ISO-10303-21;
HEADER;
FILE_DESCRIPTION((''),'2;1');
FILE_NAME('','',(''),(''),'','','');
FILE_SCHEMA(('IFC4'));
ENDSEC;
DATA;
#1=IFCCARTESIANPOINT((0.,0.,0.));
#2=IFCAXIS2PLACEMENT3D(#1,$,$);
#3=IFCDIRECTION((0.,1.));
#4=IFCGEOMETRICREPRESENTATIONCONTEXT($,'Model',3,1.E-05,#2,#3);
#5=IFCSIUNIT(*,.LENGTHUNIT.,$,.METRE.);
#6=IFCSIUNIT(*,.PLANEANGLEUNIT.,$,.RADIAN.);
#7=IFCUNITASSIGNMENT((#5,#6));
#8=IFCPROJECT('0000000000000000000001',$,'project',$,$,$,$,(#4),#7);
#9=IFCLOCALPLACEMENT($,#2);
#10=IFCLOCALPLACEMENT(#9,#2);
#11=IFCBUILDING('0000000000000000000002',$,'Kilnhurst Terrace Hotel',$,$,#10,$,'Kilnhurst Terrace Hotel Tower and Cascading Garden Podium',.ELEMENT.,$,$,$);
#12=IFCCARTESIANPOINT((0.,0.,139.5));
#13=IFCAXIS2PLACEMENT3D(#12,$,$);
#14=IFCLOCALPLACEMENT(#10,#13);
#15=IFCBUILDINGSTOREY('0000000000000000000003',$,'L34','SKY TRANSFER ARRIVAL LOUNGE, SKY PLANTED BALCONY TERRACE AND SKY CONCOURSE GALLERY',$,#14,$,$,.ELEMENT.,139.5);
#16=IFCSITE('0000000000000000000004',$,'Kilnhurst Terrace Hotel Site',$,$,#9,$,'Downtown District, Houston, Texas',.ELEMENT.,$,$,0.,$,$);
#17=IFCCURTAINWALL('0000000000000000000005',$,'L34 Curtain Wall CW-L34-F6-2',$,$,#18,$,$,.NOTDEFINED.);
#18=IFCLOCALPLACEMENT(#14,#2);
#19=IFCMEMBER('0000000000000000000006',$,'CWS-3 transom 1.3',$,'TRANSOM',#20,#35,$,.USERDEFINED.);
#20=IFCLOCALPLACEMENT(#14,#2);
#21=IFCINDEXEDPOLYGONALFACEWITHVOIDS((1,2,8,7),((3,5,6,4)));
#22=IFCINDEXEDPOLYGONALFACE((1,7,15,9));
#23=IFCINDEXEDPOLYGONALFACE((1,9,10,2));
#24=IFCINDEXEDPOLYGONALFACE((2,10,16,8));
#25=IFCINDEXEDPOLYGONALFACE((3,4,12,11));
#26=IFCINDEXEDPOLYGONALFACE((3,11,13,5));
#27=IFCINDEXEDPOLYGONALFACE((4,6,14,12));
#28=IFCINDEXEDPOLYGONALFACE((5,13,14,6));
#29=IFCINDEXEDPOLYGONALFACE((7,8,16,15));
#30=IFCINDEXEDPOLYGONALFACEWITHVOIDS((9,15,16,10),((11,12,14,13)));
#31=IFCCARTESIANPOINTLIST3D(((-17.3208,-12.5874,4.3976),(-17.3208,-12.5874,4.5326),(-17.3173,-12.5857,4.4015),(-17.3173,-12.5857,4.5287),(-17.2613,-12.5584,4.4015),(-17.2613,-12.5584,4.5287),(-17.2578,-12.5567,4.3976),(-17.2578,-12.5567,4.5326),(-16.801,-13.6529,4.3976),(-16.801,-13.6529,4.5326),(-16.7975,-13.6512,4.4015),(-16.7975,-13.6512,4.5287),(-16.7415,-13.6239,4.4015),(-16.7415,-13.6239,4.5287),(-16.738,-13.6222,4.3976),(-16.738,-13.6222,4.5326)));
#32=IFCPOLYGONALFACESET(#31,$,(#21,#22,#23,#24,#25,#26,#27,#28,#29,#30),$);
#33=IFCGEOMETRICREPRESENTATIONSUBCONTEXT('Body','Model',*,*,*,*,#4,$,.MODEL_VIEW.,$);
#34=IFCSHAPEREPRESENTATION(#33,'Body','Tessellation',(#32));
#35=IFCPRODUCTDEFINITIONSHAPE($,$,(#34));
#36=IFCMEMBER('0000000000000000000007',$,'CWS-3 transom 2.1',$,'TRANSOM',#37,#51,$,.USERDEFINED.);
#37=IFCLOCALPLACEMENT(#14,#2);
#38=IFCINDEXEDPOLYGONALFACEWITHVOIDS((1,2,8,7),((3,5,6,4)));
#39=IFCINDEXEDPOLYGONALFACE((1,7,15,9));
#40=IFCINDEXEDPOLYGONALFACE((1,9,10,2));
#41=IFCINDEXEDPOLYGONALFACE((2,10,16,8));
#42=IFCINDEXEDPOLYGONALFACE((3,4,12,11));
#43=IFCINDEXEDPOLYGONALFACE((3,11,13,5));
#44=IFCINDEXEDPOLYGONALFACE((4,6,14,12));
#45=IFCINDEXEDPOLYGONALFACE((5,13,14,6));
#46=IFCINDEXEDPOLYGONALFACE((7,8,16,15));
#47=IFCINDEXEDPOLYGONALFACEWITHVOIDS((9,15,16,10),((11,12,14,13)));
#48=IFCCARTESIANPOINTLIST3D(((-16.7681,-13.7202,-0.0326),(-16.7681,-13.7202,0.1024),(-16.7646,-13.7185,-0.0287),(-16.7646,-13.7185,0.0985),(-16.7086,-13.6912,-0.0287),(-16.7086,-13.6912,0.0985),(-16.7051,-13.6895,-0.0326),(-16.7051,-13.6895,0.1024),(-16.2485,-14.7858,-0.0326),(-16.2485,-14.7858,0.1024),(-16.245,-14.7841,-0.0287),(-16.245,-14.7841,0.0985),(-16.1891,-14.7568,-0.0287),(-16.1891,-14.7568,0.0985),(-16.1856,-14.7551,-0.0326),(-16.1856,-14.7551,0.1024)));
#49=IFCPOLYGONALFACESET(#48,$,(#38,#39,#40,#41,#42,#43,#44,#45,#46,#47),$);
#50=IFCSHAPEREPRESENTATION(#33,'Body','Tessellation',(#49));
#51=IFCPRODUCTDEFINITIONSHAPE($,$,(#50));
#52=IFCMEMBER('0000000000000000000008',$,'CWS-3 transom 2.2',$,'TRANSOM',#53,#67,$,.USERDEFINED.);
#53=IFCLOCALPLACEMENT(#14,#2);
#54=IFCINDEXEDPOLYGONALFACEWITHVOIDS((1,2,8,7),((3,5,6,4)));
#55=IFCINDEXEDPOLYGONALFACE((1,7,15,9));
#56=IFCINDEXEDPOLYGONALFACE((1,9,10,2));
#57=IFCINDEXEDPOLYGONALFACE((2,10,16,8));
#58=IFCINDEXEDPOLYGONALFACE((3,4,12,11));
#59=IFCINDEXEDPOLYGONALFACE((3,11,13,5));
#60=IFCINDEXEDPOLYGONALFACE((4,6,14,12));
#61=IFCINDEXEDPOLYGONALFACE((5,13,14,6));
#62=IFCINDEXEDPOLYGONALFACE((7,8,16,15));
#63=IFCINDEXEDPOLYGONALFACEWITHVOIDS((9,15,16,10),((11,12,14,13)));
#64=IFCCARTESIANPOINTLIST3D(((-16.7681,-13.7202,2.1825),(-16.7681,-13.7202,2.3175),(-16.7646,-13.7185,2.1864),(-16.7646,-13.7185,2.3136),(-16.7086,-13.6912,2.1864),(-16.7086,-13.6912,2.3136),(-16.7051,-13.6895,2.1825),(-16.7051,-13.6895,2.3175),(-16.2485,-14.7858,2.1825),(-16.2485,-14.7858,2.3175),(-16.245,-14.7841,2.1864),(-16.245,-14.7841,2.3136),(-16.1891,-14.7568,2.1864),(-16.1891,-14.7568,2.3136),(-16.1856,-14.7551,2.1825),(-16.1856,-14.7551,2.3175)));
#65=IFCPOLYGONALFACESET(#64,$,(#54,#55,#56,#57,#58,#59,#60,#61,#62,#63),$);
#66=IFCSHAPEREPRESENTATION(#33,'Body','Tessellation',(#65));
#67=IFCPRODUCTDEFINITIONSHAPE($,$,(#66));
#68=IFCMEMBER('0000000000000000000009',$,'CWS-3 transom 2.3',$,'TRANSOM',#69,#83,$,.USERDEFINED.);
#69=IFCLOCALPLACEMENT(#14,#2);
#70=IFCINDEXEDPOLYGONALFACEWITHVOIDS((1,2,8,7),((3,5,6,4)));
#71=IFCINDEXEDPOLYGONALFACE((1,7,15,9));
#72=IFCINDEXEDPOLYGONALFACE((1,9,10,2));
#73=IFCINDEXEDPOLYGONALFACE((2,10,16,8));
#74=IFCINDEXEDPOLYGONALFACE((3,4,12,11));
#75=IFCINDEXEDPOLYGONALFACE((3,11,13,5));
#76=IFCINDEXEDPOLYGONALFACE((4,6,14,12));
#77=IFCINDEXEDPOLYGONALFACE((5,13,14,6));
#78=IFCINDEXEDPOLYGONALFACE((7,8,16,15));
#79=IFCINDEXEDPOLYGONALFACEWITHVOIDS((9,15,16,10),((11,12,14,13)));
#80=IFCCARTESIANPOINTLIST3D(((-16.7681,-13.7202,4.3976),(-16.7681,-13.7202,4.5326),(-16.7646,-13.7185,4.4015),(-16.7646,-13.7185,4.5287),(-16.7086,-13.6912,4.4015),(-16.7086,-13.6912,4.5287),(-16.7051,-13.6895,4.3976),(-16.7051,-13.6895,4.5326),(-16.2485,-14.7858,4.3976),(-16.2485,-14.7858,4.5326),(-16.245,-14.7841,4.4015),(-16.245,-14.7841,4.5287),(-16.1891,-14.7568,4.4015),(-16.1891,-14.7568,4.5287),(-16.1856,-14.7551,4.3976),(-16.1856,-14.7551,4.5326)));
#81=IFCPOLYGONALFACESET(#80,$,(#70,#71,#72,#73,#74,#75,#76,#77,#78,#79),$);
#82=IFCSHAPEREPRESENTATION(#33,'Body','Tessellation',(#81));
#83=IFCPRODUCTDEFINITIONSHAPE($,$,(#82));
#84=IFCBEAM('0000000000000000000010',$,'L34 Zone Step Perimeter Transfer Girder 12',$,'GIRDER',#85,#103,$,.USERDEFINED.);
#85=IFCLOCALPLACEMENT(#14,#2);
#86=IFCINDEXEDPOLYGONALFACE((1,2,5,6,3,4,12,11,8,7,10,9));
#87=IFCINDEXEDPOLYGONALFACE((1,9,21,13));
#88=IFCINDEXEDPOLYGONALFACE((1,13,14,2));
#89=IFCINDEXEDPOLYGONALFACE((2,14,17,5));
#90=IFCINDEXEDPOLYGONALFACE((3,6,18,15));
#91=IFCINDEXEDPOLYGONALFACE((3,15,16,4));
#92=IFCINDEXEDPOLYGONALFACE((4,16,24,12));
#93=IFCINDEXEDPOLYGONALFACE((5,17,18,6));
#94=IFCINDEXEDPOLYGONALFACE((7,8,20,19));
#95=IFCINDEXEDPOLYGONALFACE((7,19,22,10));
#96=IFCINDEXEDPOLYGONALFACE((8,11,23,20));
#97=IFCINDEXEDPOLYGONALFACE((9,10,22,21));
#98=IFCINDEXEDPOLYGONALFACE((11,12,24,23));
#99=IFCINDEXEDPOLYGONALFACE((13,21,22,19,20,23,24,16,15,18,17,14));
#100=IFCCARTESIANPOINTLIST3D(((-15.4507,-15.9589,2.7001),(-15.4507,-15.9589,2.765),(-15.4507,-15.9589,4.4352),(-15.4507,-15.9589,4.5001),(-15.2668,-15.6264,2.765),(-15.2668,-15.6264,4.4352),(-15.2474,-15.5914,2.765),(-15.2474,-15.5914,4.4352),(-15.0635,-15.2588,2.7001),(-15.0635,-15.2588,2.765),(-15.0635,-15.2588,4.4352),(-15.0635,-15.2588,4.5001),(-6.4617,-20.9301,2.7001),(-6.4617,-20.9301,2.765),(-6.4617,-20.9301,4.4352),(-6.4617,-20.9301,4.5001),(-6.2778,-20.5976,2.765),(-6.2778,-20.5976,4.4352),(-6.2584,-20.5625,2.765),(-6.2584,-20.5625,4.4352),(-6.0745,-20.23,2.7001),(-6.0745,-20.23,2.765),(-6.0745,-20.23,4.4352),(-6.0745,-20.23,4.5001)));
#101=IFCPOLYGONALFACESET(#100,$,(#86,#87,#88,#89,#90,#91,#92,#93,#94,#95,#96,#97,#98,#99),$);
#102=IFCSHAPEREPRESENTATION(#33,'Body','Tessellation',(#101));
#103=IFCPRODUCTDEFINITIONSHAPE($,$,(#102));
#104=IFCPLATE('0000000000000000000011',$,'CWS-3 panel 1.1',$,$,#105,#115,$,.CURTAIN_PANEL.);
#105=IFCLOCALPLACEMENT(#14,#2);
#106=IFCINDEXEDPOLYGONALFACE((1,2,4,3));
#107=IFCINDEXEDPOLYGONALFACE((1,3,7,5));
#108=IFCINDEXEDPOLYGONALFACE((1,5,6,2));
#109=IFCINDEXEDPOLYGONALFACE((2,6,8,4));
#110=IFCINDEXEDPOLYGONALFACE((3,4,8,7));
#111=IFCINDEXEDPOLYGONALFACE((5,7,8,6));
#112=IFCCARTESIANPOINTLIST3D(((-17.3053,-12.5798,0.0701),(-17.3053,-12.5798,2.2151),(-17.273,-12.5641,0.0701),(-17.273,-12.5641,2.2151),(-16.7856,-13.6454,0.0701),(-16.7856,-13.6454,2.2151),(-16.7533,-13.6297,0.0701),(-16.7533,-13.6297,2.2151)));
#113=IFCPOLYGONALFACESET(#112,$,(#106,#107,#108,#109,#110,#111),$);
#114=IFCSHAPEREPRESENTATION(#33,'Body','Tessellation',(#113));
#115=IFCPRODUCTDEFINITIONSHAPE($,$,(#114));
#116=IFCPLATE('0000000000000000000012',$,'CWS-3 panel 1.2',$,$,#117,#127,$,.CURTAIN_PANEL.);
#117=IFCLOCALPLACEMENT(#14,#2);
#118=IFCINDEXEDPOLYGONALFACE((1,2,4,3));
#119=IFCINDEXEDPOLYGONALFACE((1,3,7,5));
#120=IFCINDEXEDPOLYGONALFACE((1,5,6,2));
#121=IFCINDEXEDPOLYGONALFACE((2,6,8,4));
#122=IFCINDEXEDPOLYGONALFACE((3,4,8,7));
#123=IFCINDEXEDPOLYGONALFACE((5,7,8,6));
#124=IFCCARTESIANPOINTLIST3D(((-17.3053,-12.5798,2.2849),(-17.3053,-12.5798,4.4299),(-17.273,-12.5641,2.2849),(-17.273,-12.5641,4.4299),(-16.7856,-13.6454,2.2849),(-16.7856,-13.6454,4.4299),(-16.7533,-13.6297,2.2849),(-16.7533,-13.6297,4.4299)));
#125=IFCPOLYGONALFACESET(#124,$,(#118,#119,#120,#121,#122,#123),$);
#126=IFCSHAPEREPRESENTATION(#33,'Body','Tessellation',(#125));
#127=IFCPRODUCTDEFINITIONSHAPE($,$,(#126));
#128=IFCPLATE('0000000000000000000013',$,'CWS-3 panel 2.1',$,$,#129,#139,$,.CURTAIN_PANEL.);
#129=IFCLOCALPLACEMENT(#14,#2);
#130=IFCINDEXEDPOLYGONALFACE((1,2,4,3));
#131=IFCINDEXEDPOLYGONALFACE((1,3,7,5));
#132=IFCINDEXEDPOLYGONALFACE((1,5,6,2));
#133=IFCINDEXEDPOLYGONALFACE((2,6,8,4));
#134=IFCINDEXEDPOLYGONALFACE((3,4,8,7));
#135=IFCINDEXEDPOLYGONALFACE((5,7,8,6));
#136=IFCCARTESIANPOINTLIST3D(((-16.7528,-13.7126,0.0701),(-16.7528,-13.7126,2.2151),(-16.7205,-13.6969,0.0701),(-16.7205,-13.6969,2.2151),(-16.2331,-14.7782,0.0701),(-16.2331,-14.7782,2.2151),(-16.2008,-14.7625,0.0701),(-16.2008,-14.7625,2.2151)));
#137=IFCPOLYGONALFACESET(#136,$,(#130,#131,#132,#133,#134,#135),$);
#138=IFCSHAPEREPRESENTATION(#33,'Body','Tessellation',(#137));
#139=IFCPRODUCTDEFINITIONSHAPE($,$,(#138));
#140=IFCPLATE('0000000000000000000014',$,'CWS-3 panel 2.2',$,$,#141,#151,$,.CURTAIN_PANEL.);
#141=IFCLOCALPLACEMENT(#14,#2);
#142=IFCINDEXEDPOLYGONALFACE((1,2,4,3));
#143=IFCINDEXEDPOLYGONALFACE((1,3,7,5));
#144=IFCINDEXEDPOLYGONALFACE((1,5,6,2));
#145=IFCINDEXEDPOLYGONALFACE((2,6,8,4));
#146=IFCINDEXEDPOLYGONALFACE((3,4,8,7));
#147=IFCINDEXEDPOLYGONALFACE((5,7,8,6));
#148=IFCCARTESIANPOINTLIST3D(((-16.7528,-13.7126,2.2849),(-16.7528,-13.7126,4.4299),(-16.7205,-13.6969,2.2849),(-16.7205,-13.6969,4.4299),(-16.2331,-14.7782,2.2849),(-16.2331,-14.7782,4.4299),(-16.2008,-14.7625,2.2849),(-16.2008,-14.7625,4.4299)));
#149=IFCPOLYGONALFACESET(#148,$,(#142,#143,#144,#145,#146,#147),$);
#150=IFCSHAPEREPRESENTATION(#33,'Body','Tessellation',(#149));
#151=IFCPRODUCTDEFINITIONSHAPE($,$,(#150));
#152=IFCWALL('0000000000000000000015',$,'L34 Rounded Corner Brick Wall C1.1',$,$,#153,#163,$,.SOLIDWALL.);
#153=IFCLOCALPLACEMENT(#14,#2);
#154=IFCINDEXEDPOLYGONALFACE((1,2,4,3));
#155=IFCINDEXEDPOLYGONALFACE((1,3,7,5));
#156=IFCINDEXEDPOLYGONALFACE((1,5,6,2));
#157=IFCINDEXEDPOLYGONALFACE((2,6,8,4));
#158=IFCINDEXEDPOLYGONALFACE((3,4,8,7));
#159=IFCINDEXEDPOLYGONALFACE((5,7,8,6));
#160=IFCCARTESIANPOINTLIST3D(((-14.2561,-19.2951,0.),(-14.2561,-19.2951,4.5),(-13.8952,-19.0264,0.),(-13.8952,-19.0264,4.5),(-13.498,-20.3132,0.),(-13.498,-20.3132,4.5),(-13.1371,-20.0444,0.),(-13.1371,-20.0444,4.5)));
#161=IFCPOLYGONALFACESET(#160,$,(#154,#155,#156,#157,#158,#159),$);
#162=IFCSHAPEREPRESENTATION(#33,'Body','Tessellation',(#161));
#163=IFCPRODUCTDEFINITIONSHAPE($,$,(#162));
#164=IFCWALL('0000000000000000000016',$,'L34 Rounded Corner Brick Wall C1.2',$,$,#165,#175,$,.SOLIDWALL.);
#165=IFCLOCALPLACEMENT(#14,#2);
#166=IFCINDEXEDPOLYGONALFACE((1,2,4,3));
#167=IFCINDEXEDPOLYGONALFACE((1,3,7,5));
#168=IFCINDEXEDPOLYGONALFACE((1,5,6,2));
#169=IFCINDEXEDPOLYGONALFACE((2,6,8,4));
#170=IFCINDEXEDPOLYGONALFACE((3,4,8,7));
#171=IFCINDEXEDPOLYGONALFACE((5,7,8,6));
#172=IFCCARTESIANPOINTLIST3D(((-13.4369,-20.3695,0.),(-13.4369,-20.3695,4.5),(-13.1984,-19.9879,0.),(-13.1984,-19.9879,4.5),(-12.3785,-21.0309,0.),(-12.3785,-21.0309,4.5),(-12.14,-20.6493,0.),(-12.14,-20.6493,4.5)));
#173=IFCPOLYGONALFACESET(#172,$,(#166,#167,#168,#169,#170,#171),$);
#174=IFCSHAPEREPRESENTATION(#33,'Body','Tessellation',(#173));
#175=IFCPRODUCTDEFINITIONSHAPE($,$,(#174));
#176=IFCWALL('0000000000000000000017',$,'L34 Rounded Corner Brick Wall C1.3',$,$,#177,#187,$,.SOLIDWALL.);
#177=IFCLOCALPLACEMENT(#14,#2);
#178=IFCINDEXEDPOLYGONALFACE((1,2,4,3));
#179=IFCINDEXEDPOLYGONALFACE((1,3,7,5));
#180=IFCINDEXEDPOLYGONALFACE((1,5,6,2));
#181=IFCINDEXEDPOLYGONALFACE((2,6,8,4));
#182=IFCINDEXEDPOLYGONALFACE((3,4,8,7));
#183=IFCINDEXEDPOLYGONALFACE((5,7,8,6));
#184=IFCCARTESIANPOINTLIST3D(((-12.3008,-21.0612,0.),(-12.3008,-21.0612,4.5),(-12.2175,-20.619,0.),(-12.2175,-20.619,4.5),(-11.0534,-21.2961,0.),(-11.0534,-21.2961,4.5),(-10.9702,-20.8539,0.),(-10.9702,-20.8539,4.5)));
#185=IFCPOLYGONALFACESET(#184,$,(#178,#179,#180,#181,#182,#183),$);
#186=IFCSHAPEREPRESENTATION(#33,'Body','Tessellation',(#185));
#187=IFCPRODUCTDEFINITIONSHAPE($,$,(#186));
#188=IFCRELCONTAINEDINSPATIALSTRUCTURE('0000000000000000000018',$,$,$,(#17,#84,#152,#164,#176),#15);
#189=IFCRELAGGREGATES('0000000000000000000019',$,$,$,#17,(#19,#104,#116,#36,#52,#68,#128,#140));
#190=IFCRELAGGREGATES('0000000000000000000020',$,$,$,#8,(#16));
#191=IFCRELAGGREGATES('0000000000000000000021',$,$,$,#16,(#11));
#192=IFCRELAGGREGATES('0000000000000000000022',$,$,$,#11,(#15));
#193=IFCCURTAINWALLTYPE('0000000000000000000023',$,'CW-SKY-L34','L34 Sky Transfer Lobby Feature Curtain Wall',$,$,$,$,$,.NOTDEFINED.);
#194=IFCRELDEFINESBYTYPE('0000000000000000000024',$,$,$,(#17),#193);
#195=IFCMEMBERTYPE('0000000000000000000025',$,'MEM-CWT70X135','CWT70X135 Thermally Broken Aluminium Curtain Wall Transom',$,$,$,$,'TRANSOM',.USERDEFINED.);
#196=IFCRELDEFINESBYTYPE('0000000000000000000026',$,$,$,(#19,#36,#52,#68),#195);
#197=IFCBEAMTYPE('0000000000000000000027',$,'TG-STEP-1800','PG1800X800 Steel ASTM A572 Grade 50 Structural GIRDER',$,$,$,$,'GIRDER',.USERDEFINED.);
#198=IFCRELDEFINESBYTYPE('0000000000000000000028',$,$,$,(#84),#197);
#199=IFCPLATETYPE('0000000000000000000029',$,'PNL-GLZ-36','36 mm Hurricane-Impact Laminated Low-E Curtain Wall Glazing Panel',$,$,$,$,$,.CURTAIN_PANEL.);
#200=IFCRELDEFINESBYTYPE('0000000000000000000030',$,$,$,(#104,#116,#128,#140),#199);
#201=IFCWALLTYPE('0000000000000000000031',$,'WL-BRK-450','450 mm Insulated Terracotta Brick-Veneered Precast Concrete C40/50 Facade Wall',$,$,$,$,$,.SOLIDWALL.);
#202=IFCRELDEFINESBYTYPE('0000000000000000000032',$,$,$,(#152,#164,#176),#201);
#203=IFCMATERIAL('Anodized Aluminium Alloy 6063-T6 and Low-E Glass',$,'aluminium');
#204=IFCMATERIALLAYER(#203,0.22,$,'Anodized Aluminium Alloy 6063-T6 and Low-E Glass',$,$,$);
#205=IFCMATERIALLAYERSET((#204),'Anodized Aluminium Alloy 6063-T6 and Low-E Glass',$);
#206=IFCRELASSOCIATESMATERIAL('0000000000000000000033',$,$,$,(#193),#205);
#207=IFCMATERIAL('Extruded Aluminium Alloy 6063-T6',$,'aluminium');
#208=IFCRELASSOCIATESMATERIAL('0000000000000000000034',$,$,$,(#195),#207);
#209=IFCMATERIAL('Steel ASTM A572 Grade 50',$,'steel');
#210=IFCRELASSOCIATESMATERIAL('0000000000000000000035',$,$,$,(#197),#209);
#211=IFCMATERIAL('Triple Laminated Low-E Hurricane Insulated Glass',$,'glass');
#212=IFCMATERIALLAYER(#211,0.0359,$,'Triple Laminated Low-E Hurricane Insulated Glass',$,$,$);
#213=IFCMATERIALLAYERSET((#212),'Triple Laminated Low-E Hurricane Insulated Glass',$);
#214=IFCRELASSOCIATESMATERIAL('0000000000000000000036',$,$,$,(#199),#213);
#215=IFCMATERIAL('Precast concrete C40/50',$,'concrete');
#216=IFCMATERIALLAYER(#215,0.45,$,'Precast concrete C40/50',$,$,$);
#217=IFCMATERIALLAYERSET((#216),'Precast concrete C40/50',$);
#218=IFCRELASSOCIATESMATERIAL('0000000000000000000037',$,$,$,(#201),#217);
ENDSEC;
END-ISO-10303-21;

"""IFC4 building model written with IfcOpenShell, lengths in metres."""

from ifc_helpers import new_model, si_unit, direction, frame, frame_2d, origin, origin_2d, place, context, subcontext, project, spatial, rectangle, hollow_rectangle, i_section, extrude, material, layer, layer_set, material_profile, profile_set, type_object, element, aggregate, save


model = new_model("IFC4")

# Units and contexts
model_context = context("Model", 3, precision=1e-05, world=origin(), true_north=direction((0.0, 1.0)))
body_context = subcontext(model_context, "Body", "Model", "MODEL_VIEW")
ifc_project = project(units=[si_unit("LENGTHUNIT", "METRE"), si_unit("PLANEANGLEUNIT", "RADIAN")], contexts=[model_context])

# Site, building, storey
site_placement = place(None, origin())
site = spatial("IfcSite", under=ifc_project, at=site_placement, Name="Kilnhurst Terrace Hotel Site", LongName="Downtown District, Houston, Texas", CompositionType="ELEMENT", RefElevation=0.0)
building_placement = place(site_placement, origin())
building = spatial("IfcBuilding", under=site, at=building_placement, Name="Kilnhurst Terrace Hotel", LongName="Kilnhurst Terrace Hotel Tower and Cascading Garden Podium", CompositionType="ELEMENT")
storey_placement = place(building_placement, frame((0.0, 0.0, 139.5)))
storey = spatial("IfcBuildingStorey", under=building, at=storey_placement, Name="L34", Description="SKY TRANSFER ARRIVAL LOUNGE, SKY PLANTED BALCONY TERRACE AND SKY CONCOURSE GALLERY", CompositionType="ELEMENT", Elevation=139.5)

# Curtain wall, members
ifc_material_1 = material(Name="Anodized Aluminium Alloy 6063-T6 and Low-E Glass", Category="aluminium")
ifc_layer_1 = layer(ifc_material_1, 0.22, Name="Anodized Aluminium Alloy 6063-T6 and Low-E Glass")
ifc_layer_set_1 = layer_set([ifc_layer_1], Name="Anodized Aluminium Alloy 6063-T6 and Low-E Glass")
curtain_wall_type = type_object("IfcCurtainWallType", Name="CW-SKY-L34", Description="L34 Sky Transfer Lobby Feature Curtain Wall", PredefinedType="NOTDEFINED", material=ifc_layer_set_1)
curtain_wall_placement = place(storey_placement, origin())
curtain_wall = element("IfcCurtainWall", 1, at=curtain_wall_placement, inside=storey, type_object=curtain_wall_type, Name="L34 Curtain Wall CW-L34-F6-2", PredefinedType="NOTDEFINED")
ifc_material_2 = material(Name="Extruded Aluminium Alloy 6063-T6", Category="aluminium")
ifc_material_profile_1 = material_profile(ifc_material_2, hollow_rectangle(XDim=0.0701, YDim=0.135, WallThickness=0.0039, at=origin_2d()), Name="CWT70X135")
ifc_profile_set_1 = profile_set([ifc_material_profile_1], Name="Extruded Aluminium Alloy 6063-T6")
member_type_1 = type_object("IfcMemberType", Name="MEM-CWT70X135", Description="CWT70X135 Thermally Broken Aluminium Curtain Wall Transom", ElementType="TRANSOM", PredefinedType="USERDEFINED", material=ifc_profile_set_1)
member_1_placement = place(storey_placement, frame((-17.2893, -12.572, 4.4651), z_axis=(0.43846, -0.898751, 0.0), x_axis=(0.898751, 0.43846, 0.0)))
member_1 = element("IfcMember", 2, at=member_1_placement, type_object=member_type_1, Name="CWS-3 transom 1.3", ObjectType="TRANSOM", PredefinedType="USERDEFINED", context=body_context, shape_type="SweptSolid", body=[
    extrude(hollow_rectangle(XDim=0.0701, YDim=0.135, WallThickness=0.0039, at=origin_2d()), origin(), (0.0, 0.0, 1.0), 1.1855),
])
member_2_placement = place(storey_placement, frame((-16.7366, -13.7048, 0.0349), z_axis=(0.438213, -0.898871, 0.0), x_axis=(0.898871, 0.438213, 0.0)))
member_2 = element("IfcMember", 3, at=member_2_placement, type_object=member_type_1, Name="CWS-3 transom 2.1", ObjectType="TRANSOM", PredefinedType="USERDEFINED", context=body_context, shape_type="SweptSolid", body=[
    extrude(hollow_rectangle(XDim=0.0701, YDim=0.135, WallThickness=0.0039, at=origin_2d()), origin(), (0.0, 0.0, 1.0), 1.1855),
])
member_3_placement = place(storey_placement, frame((-16.7366, -13.7048, 2.25), z_axis=(0.438213, -0.898871, 0.0), x_axis=(0.898871, 0.438213, 0.0)))
member_3 = element("IfcMember", 4, at=member_3_placement, type_object=member_type_1, Name="CWS-3 transom 2.2", ObjectType="TRANSOM", PredefinedType="USERDEFINED", context=body_context, shape_type="SweptSolid", body=[
    extrude(hollow_rectangle(XDim=0.0701, YDim=0.135, WallThickness=0.0039, at=origin_2d()), origin(), (0.0, 0.0, 1.0), 1.1855),
])
member_4_placement = place(storey_placement, frame((-16.7366, -13.7048, 4.4651), z_axis=(0.438213, -0.898871, 0.0), x_axis=(0.898871, 0.438213, 0.0)))
member_4 = element("IfcMember", 5, at=member_4_placement, type_object=member_type_1, Name="CWS-3 transom 2.3", ObjectType="TRANSOM", PredefinedType="USERDEFINED", context=body_context, shape_type="SweptSolid", body=[
    extrude(hollow_rectangle(XDim=0.0701, YDim=0.135, WallThickness=0.0039, at=origin_2d()), origin(), (0.0, 0.0, 1.0), 1.1855),
])

# Beam
ifc_material_3 = material(Name="Steel ASTM A572 Grade 50", Category="steel")
ifc_material_profile_2 = material_profile(ifc_material_3, i_section(OverallWidth=0.8, OverallDepth=1.8, WebThickness=0.04, FlangeThickness=0.0649, at=origin_2d()), Name="PG1800X800")
ifc_profile_set_2 = profile_set([ifc_material_profile_2], Name="Steel ASTM A572 Grade 50")
beam_type_1 = type_object("IfcBeamType", Name="TG-STEP-1800", Description="PG1800X800 Steel ASTM A572 Grade 50 Structural GIRDER", ElementType="GIRDER", PredefinedType="USERDEFINED", material=ifc_profile_set_2)
beam_1_placement = place(storey_placement, frame((-15.2571, -15.6089, 3.6001), z_axis=(0.875094, -0.483953, 0.0), x_axis=(0.483953, 0.875094, 0.0)))
element("IfcBeam", 6, at=beam_1_placement, inside=storey, type_object=beam_type_1, Name="L34 Zone Step Perimeter Transfer Girder 12", ObjectType="GIRDER", PredefinedType="USERDEFINED", context=body_context, shape_type="SweptSolid", body=[
    extrude(i_section(OverallWidth=0.8, OverallDepth=1.8, WebThickness=0.04, FlangeThickness=0.0649, at=origin_2d()), origin(), (0.0, 0.0, 1.0), 10.272),
])

# Plates
ifc_material_4 = material(Name="Triple Laminated Low-E Hurricane Insulated Glass", Category="glass")
ifc_layer_2 = layer(ifc_material_4, 0.0359, Name="Triple Laminated Low-E Hurricane Insulated Glass")
ifc_layer_set_2 = layer_set([ifc_layer_2], Name="Triple Laminated Low-E Hurricane Insulated Glass")
plate_type = type_object("IfcPlateType", Name="PNL-GLZ-36", Description="36 mm Hurricane-Impact Laminated Low-E Curtain Wall Glazing Panel", PredefinedType="CURTAIN_PANEL", material=ifc_layer_set_2)
plate_1_placement = place(storey_placement, frame((-17.0293, -13.1047, 0.0701), z_axis=(0.0, 0.0, 1.0), x_axis=(0.438363, -0.898798, 0.0)))
plate_1 = element("IfcPlate", 7, at=plate_1_placement, type_object=plate_type, Name="CWS-3 panel 1.1", PredefinedType="CURTAIN_PANEL", context=body_context, shape_type="SweptSolid", body=[
    extrude(rectangle(XDim=1.1855, YDim=0.0359, at=origin_2d()), origin(), (0.0, 0.0, 1.0), 2.145),
])
plate_2_placement = place(storey_placement, frame((-17.0293, -13.1047, 2.2849), z_axis=(0.0, 0.0, 1.0), x_axis=(0.438363, -0.898798, 0.0)))
plate_2 = element("IfcPlate", 8, at=plate_2_placement, type_object=plate_type, Name="CWS-3 panel 1.2", PredefinedType="CURTAIN_PANEL", context=body_context, shape_type="SweptSolid", body=[
    extrude(rectangle(XDim=1.1855, YDim=0.0359, at=origin_2d()), origin(), (0.0, 0.0, 1.0), 2.145),
])
plate_3_placement = place(storey_placement, frame((-16.4768, -14.2375, 0.0701), z_axis=(0.0, 0.0, 1.0), x_axis=(0.438363, -0.898798, 0.0)))
plate_3 = element("IfcPlate", 9, at=plate_3_placement, type_object=plate_type, Name="CWS-3 panel 2.1", PredefinedType="CURTAIN_PANEL", context=body_context, shape_type="SweptSolid", body=[
    extrude(rectangle(XDim=1.1855, YDim=0.0359, at=origin_2d()), origin(), (0.0, 0.0, 1.0), 2.145),
])
plate_4_placement = place(storey_placement, frame((-16.4768, -14.2375, 2.2849), z_axis=(0.0, 0.0, 1.0), x_axis=(0.438363, -0.898798, 0.0)))
plate_4 = element("IfcPlate", 10, at=plate_4_placement, type_object=plate_type, Name="CWS-3 panel 2.2", PredefinedType="CURTAIN_PANEL", context=body_context, shape_type="SweptSolid", body=[
    extrude(rectangle(XDim=1.1855, YDim=0.0359, at=origin_2d()), origin(), (0.0, 0.0, 1.0), 2.145),
])
aggregate(curtain_wall, [member_1, plate_1, plate_2, member_2, member_3, member_4, plate_3, plate_4])

# Walls
ifc_material_5 = material(Name="Precast concrete C40/50", Category="concrete")
ifc_layer_3 = layer(ifc_material_5, 0.45, Name="Precast concrete C40/50")
ifc_layer_set_3 = layer_set([ifc_layer_3], Name="Precast concrete C40/50")
wall_type_1 = type_object("IfcWallType", Name="WL-BRK-450", Description="450 mm Insulated Terracotta Brick-Veneered Precast Concrete C40/50 Facade Wall", PredefinedType="SOLIDWALL", material=ifc_layer_set_3)
wall_1_placement = place(storey_placement, frame((-14.0757, -19.1606, 0.0), z_axis=(0.0, 0.0, 1.0), x_axis=(0.597227, -0.802073, 0.0)))
element("IfcWall", 11, at=wall_1_placement, inside=storey, type_object=wall_type_1, Name="L34 Rounded Corner Brick Wall C1.1", PredefinedType="SOLIDWALL", context=body_context, shape_type="SweptSolid", body=[
    extrude(rectangle(XDim=1.2693, YDim=0.45, at=frame_2d((0.6348, 0.0))), origin(), (0.0, 0.0, 1.0), 4.5),
])
wall_2_placement = place(storey_placement, frame((-13.3176, -20.1787, 0.0), z_axis=(0.0, 0.0, 1.0), x_axis=(0.848031, -0.529946, 0.0)))
element("IfcWall", 12, at=wall_2_placement, inside=storey, type_object=wall_type_1, Name="L34 Rounded Corner Brick Wall C1.2", PredefinedType="SOLIDWALL", context=body_context, shape_type="SweptSolid", body=[
    extrude(rectangle(XDim=1.248, YDim=0.45, at=frame_2d((0.624, 0.0))), origin(), (0.0, 0.0, 1.0), 4.5),
])
wall_3_placement = place(storey_placement, frame((-12.2593, -20.8401, 0.0), z_axis=(0.0, 0.0, 1.0), x_axis=(0.98273, -0.185043, 0.0)))
element("IfcWall", 13, at=wall_3_placement, inside=storey, type_object=wall_type_1, Name="L34 Rounded Corner Brick Wall C1.3", PredefinedType="SOLIDWALL", context=body_context, shape_type="SweptSolid", body=[
    extrude(rectangle(XDim=1.2693, YDim=0.45, at=frame_2d((0.6348, 0.0))), origin(), (0.0, 0.0, 1.0), 4.5),
])

save(model, "model.ifc")
